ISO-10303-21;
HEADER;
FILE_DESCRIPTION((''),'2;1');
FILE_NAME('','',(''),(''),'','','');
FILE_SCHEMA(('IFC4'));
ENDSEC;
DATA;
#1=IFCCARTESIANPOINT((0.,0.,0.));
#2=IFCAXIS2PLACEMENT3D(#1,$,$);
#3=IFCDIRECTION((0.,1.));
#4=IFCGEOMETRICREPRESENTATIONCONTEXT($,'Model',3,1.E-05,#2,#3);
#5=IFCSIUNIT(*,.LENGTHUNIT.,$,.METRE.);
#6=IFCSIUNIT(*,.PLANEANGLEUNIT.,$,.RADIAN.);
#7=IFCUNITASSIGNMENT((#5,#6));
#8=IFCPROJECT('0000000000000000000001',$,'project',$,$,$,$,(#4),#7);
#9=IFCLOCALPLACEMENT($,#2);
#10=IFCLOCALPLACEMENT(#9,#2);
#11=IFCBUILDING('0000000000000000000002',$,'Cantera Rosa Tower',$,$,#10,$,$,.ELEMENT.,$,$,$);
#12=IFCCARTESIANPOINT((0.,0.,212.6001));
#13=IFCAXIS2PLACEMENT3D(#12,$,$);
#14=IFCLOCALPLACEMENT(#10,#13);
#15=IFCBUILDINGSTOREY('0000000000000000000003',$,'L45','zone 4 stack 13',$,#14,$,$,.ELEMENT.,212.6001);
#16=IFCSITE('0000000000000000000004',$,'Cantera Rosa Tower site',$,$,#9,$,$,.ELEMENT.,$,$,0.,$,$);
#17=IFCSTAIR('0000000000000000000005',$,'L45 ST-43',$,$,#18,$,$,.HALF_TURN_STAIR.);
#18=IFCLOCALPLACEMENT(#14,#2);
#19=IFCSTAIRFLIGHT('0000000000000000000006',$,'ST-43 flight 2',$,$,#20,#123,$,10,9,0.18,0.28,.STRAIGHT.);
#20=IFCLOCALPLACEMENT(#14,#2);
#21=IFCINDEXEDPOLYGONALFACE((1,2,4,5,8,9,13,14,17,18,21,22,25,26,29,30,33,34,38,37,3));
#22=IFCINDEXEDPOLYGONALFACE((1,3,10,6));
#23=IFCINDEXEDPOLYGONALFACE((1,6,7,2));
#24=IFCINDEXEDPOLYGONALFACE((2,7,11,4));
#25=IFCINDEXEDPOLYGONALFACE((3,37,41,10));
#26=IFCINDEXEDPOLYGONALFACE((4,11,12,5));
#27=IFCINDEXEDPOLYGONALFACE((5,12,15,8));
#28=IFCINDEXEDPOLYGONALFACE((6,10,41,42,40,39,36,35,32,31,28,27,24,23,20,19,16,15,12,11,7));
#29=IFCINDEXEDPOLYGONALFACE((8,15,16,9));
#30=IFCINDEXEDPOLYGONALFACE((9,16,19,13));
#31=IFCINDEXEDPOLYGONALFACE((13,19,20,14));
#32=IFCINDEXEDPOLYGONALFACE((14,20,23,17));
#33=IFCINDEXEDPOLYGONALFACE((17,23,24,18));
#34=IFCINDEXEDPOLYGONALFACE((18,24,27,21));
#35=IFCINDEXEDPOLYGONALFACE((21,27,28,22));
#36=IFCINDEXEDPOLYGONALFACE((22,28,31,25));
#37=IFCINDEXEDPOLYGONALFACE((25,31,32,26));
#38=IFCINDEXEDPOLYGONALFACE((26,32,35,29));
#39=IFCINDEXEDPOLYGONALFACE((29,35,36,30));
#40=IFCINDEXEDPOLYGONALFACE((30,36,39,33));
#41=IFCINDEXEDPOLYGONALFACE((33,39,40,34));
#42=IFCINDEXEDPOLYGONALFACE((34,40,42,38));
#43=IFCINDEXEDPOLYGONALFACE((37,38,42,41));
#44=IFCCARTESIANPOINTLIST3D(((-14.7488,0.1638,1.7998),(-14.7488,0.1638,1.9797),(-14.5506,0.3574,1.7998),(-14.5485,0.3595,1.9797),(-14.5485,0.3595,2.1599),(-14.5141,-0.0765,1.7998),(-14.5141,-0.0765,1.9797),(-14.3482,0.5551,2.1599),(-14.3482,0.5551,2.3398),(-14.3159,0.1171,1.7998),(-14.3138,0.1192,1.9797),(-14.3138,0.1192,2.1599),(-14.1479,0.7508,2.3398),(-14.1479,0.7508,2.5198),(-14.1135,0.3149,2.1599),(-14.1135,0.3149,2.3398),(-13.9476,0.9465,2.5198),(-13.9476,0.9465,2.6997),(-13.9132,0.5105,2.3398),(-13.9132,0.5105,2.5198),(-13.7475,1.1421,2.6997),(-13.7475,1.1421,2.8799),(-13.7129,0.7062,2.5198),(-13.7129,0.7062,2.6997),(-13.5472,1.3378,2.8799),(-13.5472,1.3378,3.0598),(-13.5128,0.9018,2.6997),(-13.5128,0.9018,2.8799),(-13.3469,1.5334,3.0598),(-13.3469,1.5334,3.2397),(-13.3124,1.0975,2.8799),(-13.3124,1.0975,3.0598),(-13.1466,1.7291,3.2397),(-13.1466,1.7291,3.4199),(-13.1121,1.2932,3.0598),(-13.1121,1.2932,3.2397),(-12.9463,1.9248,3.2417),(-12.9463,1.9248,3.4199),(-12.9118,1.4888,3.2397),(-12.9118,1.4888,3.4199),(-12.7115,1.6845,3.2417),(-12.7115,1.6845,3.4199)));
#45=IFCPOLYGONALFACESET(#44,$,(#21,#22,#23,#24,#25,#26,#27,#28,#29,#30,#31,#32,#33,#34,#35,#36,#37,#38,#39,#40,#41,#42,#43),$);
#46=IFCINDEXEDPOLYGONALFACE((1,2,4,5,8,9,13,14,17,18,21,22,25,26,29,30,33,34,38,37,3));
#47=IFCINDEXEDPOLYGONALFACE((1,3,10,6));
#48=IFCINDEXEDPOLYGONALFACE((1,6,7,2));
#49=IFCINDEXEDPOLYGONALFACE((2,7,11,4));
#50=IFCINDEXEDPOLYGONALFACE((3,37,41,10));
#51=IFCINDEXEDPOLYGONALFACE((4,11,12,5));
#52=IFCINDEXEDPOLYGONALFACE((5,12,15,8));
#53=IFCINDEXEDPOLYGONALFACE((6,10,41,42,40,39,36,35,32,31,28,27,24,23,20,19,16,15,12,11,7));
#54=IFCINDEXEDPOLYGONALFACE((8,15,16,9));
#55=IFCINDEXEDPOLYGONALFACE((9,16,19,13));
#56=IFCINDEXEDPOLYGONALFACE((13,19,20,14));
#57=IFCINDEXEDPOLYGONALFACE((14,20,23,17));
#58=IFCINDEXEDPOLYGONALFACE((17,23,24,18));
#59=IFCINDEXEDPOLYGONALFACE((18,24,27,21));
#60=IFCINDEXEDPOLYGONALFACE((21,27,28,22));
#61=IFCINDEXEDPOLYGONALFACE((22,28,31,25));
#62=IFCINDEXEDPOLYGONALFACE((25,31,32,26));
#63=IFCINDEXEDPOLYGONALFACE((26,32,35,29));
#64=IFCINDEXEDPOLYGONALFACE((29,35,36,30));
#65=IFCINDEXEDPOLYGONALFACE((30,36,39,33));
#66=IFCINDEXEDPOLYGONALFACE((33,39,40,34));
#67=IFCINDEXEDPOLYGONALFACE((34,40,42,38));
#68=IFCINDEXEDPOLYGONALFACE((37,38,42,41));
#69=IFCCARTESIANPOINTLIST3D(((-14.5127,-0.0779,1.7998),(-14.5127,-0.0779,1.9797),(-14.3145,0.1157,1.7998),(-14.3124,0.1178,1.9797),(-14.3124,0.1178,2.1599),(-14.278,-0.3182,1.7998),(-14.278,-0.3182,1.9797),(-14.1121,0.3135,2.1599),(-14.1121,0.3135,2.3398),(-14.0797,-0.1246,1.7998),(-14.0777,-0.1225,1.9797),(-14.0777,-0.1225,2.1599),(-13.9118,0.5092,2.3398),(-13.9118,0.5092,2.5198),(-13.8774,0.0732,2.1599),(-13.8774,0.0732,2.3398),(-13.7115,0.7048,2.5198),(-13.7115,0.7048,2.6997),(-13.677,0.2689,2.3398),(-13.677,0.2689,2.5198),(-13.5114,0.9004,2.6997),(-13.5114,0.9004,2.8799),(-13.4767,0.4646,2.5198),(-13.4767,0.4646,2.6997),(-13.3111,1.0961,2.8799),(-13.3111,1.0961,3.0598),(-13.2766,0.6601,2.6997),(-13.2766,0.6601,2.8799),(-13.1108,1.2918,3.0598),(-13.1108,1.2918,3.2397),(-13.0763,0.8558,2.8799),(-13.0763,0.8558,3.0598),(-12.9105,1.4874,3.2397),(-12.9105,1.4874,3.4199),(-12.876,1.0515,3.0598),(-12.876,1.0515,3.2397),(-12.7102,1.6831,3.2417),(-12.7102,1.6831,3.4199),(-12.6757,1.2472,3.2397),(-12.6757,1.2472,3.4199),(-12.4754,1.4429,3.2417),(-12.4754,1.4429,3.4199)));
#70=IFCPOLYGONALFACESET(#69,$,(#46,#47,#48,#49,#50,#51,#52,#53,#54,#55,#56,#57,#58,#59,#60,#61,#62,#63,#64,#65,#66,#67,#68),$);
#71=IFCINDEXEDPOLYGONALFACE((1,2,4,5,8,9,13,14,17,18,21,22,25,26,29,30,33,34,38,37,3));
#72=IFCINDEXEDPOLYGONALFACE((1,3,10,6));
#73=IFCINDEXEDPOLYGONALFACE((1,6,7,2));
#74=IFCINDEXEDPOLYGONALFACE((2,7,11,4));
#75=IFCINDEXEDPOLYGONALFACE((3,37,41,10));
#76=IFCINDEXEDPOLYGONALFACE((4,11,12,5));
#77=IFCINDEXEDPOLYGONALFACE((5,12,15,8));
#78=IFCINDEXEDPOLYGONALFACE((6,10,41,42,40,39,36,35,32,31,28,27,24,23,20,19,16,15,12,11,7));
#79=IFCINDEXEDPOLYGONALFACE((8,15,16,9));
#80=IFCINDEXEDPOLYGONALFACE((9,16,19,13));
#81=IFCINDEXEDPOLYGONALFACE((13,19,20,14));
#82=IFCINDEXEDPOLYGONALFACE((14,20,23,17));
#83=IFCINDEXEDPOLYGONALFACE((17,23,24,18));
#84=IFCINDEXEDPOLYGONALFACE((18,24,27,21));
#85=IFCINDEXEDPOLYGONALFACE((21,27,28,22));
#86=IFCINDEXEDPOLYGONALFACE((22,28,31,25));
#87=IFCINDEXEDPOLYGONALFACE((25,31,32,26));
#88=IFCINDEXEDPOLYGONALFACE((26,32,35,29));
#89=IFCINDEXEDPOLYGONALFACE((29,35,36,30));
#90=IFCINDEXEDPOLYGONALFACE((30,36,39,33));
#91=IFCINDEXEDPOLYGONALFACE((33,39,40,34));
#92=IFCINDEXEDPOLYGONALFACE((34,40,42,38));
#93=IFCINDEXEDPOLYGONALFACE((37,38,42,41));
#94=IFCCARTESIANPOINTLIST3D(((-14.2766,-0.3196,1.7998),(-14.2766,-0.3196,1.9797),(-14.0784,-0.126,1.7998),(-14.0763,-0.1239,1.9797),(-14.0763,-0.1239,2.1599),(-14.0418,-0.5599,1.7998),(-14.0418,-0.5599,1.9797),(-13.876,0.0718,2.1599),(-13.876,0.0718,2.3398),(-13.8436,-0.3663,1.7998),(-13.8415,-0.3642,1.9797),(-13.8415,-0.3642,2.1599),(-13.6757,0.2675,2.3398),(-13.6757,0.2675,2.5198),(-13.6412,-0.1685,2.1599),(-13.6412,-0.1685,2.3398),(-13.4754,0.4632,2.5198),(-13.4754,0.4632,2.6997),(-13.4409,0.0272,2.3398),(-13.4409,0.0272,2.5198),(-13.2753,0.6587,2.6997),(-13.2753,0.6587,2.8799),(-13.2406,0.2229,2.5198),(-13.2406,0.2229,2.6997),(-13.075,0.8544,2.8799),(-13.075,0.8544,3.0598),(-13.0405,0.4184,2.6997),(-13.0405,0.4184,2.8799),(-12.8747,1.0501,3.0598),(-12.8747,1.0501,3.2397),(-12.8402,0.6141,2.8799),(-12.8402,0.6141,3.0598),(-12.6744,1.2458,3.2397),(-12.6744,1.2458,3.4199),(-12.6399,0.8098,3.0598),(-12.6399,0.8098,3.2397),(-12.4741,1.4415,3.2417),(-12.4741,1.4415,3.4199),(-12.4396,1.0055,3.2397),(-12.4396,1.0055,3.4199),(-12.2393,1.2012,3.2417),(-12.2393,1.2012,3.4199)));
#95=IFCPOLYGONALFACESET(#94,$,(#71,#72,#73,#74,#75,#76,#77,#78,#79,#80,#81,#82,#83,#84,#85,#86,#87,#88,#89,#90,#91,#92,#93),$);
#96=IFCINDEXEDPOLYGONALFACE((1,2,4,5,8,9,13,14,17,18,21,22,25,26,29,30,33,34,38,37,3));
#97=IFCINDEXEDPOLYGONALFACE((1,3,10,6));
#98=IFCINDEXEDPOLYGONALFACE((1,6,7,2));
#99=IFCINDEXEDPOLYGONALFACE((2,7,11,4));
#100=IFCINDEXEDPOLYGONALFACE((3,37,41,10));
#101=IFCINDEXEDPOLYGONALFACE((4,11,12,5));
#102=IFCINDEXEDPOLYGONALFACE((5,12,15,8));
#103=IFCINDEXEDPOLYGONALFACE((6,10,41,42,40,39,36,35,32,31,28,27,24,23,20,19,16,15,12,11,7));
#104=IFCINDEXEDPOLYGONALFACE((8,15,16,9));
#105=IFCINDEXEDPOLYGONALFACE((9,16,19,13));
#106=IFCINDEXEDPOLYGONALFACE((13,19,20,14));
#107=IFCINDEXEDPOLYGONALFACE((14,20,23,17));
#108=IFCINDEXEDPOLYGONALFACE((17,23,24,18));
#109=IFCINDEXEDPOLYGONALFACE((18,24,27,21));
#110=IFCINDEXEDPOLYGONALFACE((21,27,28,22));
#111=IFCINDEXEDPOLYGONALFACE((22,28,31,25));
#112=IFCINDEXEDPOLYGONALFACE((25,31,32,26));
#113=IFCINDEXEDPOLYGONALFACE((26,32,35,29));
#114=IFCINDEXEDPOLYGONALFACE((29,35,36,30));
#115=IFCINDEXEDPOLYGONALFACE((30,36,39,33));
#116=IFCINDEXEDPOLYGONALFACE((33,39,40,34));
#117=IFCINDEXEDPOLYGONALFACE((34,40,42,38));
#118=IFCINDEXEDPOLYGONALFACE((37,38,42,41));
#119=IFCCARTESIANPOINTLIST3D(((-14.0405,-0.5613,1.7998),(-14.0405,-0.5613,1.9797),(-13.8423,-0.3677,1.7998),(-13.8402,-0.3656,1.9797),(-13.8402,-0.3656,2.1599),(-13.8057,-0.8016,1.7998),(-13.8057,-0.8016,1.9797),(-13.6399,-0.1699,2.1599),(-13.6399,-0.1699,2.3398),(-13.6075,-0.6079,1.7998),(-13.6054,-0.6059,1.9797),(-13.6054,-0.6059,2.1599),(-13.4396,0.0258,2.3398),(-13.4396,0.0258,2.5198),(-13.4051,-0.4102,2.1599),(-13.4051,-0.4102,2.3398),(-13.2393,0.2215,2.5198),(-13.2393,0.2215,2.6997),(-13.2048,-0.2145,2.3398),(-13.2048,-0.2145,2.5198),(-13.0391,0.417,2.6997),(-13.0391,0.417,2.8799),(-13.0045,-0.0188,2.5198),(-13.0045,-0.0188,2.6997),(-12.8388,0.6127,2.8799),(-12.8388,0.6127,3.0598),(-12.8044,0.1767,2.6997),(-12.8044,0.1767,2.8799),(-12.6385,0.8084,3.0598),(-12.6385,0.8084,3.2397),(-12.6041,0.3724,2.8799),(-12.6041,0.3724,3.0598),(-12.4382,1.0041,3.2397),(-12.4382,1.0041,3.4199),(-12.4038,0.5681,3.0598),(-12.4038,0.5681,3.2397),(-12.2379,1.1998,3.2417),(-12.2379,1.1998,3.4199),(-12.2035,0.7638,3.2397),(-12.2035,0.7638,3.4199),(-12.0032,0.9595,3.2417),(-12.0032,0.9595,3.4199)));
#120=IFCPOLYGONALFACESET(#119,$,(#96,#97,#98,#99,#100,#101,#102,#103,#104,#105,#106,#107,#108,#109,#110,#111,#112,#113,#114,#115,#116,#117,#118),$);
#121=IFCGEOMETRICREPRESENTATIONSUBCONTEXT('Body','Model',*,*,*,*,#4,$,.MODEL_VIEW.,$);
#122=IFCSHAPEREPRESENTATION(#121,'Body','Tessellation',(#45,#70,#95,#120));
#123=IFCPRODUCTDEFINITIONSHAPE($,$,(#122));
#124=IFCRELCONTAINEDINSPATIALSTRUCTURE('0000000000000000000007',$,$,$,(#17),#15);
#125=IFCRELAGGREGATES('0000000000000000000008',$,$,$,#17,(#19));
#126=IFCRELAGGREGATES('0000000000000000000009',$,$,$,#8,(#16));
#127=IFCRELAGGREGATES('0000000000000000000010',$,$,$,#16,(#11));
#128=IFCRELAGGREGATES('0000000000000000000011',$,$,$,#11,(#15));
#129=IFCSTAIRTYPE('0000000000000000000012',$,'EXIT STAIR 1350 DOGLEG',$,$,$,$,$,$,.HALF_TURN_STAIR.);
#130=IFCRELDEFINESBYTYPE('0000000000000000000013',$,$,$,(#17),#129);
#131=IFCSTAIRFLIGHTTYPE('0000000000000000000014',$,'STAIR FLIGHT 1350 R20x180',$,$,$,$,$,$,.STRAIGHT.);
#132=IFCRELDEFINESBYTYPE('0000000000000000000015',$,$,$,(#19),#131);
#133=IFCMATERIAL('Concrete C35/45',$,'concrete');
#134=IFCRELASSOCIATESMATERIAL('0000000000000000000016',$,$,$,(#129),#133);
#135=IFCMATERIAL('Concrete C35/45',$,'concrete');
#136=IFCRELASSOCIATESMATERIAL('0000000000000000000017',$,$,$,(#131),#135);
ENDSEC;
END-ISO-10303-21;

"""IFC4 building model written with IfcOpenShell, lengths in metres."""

from ifc_helpers import new_model, si_unit, direction, frame, origin, place, context, subcontext, project, spatial, polyline, outline, extrude, material, type_object, element, aggregate, save


model = new_model("IFC4")

# Units and contexts
model_context = context("Model", 3, precision=1e-05, world=origin(), true_north=direction((0.0, 1.0)))
body_context = subcontext(model_context, "Body", "Model", "MODEL_VIEW")
ifc_project = project(units=[si_unit("LENGTHUNIT", "METRE"), si_unit("PLANEANGLEUNIT", "RADIAN")], contexts=[model_context])

# Site, building, storey
site_placement = place(None, origin())
site = spatial("IfcSite", under=ifc_project, at=site_placement, Name="Cantera Rosa Tower site", CompositionType="ELEMENT", RefElevation=0.0)
building_placement = place(site_placement, origin())
building = spatial("IfcBuilding", under=site, at=building_placement, Name="Cantera Rosa Tower", CompositionType="ELEMENT")
storey_placement = place(building_placement, frame((0.0, 0.0, 212.6001)))
storey = spatial("IfcBuildingStorey", under=building, at=storey_placement, Name="L45", Description="zone 4 stack 13", CompositionType="ELEMENT", Elevation=212.6001)

# Stair, stair flight
ifc_material_1 = material(Name="Concrete C35/45", Category="concrete")
stair_type = type_object("IfcStairType", Name="EXIT STAIR 1350 DOGLEG", PredefinedType="HALF_TURN_STAIR", material=ifc_material_1)
stair_1_placement = place(storey_placement, origin())
stair_1 = element("IfcStair", 1, at=stair_1_placement, inside=storey, type_object=stair_type, Name="L45 ST-43", PredefinedType="HALF_TURN_STAIR")
ifc_material_2 = material(Name="Concrete C35/45", Category="concrete")
stair_flight_type = type_object("IfcStairFlightType", Name="STAIR FLIGHT 1350 R20x180", PredefinedType="STRAIGHT", material=ifc_material_2)
stair_flight_1_placement = place(storey_placement, frame((-14.2771, -0.3191, 1.7998), z_axis=(0.0, 0.0, 1.0), x_axis=(0.715286, 0.698832, 0.0)))
stair_flight_1 = element("IfcStairFlight", 2, at=stair_flight_1_placement, type_object=stair_flight_type, Name="ST-43 flight 2", NumberOfRisers=10, NumberOfTreads=9, PredefinedType="STRAIGHT", RiserHeight=0.18, TreadLength=0.28, context=body_context, shape_type="SweptSolid", body=[
    extrude(outline(polyline([(0.0, 0.0), (0.0, 0.1799), (0.28, 0.1799), (0.28, 0.3601), (0.5601, 0.3601), (0.5601, 0.54), (0.8401, 0.54), (0.8401, 0.72), (1.1201, 0.72), (1.1201, 0.8999), (1.3999, 0.8999), (1.3999, 1.0801), (1.6799, 1.0801), (1.6799, 1.26), (1.96, 1.26), (1.96, 1.4399), (2.24, 1.4399), (2.24, 1.6201), (2.52, 1.6201), (2.52, 1.8), (2.52, 1.4419), (0.2771, 0.0), (0.0, 0.0)])), frame((0.0, 0.675, 0.0), z_axis=(0.0, -1.0, 0.0), x_axis=(1.0, 0.0, 0.0)), (0.0, 0.0, 1.0), 0.3359),
    extrude(outline(polyline([(0.0, 0.0), (0.0, 0.1799), (0.28, 0.1799), (0.28, 0.3601), (0.5601, 0.3601), (0.5601, 0.54), (0.8401, 0.54), (0.8401, 0.72), (1.1201, 0.72), (1.1201, 0.8999), (1.3999, 0.8999), (1.3999, 1.0801), (1.6799, 1.0801), (1.6799, 1.26), (1.96, 1.26), (1.96, 1.4399), (2.24, 1.4399), (2.24, 1.6201), (2.52, 1.6201), (2.52, 1.8), (2.52, 1.4419), (0.2771, 0.0), (0.0, 0.0)])), frame((0.0, 0.3372, 0.0), z_axis=(0.0, -1.0, 0.0), x_axis=(1.0, 0.0, 0.0)), (0.0, 0.0, 1.0), 0.3359),
    extrude(outline(polyline([(0.0, 0.0), (0.0, 0.1799), (0.28, 0.1799), (0.28, 0.3601), (0.5601, 0.3601), (0.5601, 0.54), (0.8401, 0.54), (0.8401, 0.72), (1.1201, 0.72), (1.1201, 0.8999), (1.3999, 0.8999), (1.3999, 1.0801), (1.6799, 1.0801), (1.6799, 1.26), (1.96, 1.26), (1.96, 1.4399), (2.24, 1.4399), (2.24, 1.6201), (2.52, 1.6201), (2.52, 1.8), (2.52, 1.4419), (0.2771, 0.0), (0.0, 0.0)])), frame((0.0, -0.0007, 0.0), z_axis=(0.0, -1.0, 0.0), x_axis=(1.0, 0.0, 0.0)), (0.0, 0.0, 1.0), 0.3359),
    extrude(outline(polyline([(0.0, 0.0), (0.0, 0.1799), (0.28, 0.1799), (0.28, 0.3601), (0.5601, 0.3601), (0.5601, 0.54), (0.8401, 0.54), (0.8401, 0.72), (1.1201, 0.72), (1.1201, 0.8999), (1.3999, 0.8999), (1.3999, 1.0801), (1.6799, 1.0801), (1.6799, 1.26), (1.96, 1.26), (1.96, 1.4399), (2.24, 1.4399), (2.24, 1.6201), (2.52, 1.6201), (2.52, 1.8), (2.52, 1.4419), (0.2771, 0.0), (0.0, 0.0)])), frame((0.0, -0.3386, 0.0), z_axis=(0.0, -1.0, 0.0), x_axis=(1.0, 0.0, 0.0)), (0.0, 0.0, 1.0), 0.3359),
])
aggregate(stair_1, [stair_flight_1])

save(model, "model.ifc")
